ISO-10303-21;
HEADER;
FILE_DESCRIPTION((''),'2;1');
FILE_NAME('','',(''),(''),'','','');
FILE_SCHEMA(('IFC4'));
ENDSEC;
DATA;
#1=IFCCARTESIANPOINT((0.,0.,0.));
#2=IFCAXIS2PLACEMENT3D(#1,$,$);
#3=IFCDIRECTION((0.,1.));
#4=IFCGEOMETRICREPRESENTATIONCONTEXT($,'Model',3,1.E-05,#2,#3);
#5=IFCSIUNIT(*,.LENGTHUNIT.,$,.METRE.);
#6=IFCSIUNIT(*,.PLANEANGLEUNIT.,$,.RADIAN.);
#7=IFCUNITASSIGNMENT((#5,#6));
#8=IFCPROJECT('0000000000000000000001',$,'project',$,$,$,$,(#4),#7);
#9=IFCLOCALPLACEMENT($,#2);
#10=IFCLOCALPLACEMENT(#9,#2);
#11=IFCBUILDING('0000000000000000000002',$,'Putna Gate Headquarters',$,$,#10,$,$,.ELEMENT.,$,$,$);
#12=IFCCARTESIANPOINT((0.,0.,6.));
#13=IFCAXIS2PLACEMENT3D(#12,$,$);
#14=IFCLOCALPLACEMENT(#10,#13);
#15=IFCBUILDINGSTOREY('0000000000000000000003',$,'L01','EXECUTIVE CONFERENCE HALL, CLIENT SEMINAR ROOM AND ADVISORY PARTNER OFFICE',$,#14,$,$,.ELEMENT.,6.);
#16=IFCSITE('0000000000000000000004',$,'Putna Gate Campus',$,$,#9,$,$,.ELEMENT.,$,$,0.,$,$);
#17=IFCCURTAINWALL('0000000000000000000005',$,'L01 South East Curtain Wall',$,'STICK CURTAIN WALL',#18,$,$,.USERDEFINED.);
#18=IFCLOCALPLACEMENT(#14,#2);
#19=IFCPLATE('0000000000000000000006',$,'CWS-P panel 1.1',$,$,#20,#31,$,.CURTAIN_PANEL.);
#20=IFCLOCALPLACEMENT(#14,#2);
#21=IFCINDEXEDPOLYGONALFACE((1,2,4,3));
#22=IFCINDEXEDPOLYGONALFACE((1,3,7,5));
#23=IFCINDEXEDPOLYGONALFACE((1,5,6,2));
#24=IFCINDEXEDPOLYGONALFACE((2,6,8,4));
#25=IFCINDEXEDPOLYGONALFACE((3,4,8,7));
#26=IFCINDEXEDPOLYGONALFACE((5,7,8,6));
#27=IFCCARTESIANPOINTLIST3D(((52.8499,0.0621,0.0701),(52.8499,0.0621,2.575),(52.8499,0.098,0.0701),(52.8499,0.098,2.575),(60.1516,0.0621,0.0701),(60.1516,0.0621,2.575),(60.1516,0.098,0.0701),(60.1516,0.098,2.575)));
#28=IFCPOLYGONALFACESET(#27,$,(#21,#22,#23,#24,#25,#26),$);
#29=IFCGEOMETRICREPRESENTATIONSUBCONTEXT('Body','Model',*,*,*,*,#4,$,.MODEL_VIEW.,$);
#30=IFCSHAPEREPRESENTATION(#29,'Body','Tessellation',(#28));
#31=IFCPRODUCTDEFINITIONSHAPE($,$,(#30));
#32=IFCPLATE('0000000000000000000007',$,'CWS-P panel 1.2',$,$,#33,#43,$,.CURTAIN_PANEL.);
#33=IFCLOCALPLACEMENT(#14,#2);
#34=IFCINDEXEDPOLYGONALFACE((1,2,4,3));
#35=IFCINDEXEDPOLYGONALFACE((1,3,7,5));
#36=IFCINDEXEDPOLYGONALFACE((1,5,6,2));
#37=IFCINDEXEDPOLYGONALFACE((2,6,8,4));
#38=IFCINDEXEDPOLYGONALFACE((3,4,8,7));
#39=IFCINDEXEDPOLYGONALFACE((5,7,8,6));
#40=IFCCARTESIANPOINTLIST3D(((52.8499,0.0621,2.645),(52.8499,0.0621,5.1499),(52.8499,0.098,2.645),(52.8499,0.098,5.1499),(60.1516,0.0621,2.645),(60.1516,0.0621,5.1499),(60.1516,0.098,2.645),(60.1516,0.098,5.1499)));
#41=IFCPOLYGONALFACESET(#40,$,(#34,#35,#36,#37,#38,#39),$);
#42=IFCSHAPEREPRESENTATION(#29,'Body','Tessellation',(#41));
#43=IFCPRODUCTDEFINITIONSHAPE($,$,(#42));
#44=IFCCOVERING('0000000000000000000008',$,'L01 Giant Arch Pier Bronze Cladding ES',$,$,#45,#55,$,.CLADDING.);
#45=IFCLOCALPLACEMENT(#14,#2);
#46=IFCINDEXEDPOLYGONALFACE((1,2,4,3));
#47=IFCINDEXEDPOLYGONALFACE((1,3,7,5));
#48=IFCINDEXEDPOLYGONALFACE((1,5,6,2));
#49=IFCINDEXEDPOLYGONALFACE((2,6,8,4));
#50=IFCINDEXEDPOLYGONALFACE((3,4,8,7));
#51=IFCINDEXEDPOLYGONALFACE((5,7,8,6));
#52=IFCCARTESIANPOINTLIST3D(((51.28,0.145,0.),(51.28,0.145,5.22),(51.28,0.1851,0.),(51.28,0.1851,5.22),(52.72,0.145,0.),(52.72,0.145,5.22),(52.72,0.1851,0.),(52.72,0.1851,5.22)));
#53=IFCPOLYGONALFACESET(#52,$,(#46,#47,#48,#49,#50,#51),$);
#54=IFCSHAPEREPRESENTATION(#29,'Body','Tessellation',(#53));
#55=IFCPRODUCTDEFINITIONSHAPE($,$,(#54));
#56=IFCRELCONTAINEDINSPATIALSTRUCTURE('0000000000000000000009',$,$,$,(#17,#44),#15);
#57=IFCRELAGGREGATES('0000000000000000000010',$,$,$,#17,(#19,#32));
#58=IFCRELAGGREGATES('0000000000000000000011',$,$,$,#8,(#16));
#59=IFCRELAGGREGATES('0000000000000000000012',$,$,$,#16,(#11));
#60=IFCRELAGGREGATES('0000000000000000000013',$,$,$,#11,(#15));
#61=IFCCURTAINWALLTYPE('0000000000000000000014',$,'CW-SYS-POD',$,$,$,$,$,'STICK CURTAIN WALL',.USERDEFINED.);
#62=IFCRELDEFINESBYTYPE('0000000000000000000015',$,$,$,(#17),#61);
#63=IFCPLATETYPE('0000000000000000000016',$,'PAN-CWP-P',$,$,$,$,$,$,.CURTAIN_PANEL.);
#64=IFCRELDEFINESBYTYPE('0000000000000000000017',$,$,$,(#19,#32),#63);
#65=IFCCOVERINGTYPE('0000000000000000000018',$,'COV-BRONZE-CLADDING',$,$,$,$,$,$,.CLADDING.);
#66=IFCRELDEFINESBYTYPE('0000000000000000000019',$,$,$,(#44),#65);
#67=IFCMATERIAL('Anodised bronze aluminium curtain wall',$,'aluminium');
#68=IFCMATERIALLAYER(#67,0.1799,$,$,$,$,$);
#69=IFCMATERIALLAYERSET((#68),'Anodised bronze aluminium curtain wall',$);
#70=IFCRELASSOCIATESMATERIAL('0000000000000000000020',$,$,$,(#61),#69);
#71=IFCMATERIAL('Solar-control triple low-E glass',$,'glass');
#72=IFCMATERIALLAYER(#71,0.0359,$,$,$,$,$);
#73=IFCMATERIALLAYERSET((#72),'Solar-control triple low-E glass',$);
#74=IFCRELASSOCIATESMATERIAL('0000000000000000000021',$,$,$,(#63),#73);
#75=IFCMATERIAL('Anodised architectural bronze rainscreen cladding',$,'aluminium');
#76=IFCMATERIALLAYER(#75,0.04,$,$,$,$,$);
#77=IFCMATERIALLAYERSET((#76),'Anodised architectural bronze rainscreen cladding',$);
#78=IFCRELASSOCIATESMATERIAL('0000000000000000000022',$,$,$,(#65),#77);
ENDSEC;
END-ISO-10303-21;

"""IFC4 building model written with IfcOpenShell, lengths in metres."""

from ifc_helpers import new_model, si_unit, direction, frame, origin, origin_2d, place, context, subcontext, project, spatial, rectangle, extrude, material, layer, layer_set, type_object, element, aggregate, save


model = new_model("IFC4")

# Units and contexts
model_context = context("Model", 3, precision=1e-05, world=origin(), true_north=direction((0.0, 1.0)))
body_context = subcontext(model_context, "Body", "Model", "MODEL_VIEW")
ifc_project = project(units=[si_unit("LENGTHUNIT", "METRE"), si_unit("PLANEANGLEUNIT", "RADIAN")], contexts=[model_context])

# Site, building, storey
site_placement = place(None, origin())
site = spatial("IfcSite", under=ifc_project, at=site_placement, Name="Putna Gate Campus", CompositionType="ELEMENT", RefElevation=0.0)
building_placement = place(site_placement, origin())
building = spatial("IfcBuilding", under=site, at=building_placement, Name="Putna Gate Headquarters", CompositionType="ELEMENT")
storey_placement = place(building_placement, frame((0.0, 0.0, 6.0)))
storey = spatial("IfcBuildingStorey", under=building, at=storey_placement, Name="L01", Description="EXECUTIVE CONFERENCE HALL, CLIENT SEMINAR ROOM AND ADVISORY PARTNER OFFICE", CompositionType="ELEMENT", Elevation=6.0)

# Curtain wall
ifc_material_1 = material(Name="Anodised bronze aluminium curtain wall", Category="aluminium")
ifc_layer_1 = layer(ifc_material_1, 0.1799)
ifc_layer_set_1 = layer_set([ifc_layer_1], Name="Anodised bronze aluminium curtain wall")
curtain_wall_type_1 = type_object("IfcCurtainWallType", Name="CW-SYS-POD", ElementType="STICK CURTAIN WALL", PredefinedType="USERDEFINED", material=ifc_layer_set_1)
curtain_wall_1_placement = place(storey_placement, origin())
curtain_wall_1 = element("IfcCurtainWall", 1, at=curtain_wall_1_placement, inside=storey, type_object=curtain_wall_type_1, Name="L01 South East Curtain Wall", ObjectType="STICK CURTAIN WALL", PredefinedType="USERDEFINED")

# Plates
ifc_material_2 = material(Name="Solar-control triple low-E glass", Category="glass")
ifc_layer_2 = layer(ifc_material_2, 0.0359)
ifc_layer_set_2 = layer_set([ifc_layer_2], Name="Solar-control triple low-E glass")
plate_type_1 = type_object("IfcPlateType", Name="PAN-CWP-P", PredefinedType="CURTAIN_PANEL", material=ifc_layer_set_2)
plate_1_placement = place(storey_placement, frame((56.5007, 0.0801, 0.0701), z_axis=(0.0, 0.0, 1.0), x_axis=(1.0, 0.0, 0.0)))
plate_1 = element("IfcPlate", 2, at=plate_1_placement, type_object=plate_type_1, Name="CWS-P panel 1.1", PredefinedType="CURTAIN_PANEL", context=body_context, shape_type="SweptSolid", body=[
    extrude(rectangle(XDim=7.3018, YDim=0.0359, at=origin_2d()), origin(), (0.0, 0.0, 1.0), 2.5049),
])
plate_2_placement = place(storey_placement, frame((56.5007, 0.0801, 2.645), z_axis=(0.0, 0.0, 1.0), x_axis=(1.0, 0.0, 0.0)))
plate_2 = element("IfcPlate", 3, at=plate_2_placement, type_object=plate_type_1, Name="CWS-P panel 1.2", PredefinedType="CURTAIN_PANEL", context=body_context, shape_type="SweptSolid", body=[
    extrude(rectangle(XDim=7.3018, YDim=0.0359, at=origin_2d()), origin(), (0.0, 0.0, 1.0), 2.5049),
])
aggregate(curtain_wall_1, [plate_1, plate_2])

# Covering
ifc_material_3 = material(Name="Anodised architectural bronze rainscreen cladding", Category="aluminium")
ifc_layer_3 = layer(ifc_material_3, 0.04)
ifc_layer_set_3 = layer_set([ifc_layer_3], Name="Anodised architectural bronze rainscreen cladding")
covering_type = type_object("IfcCoveringType", Name="COV-BRONZE-CLADDING", PredefinedType="CLADDING", material=ifc_layer_set_3)
covering_placement = place(storey_placement, frame((52.0, 0.165, 0.0), z_axis=(0.0, 0.0, 1.0), x_axis=(1.0, 0.0, 0.0)))
element("IfcCovering", 4, at=covering_placement, inside=storey, type_object=covering_type, Name="L01 Giant Arch Pier Bronze Cladding ES", PredefinedType="CLADDING", context=body_context, shape_type="SweptSolid", body=[
    extrude(rectangle(XDim=1.4399, YDim=0.04, at=origin_2d()), origin(), (0.0, 0.0, 1.0), 5.22),
])

save(model, "model.ifc")
